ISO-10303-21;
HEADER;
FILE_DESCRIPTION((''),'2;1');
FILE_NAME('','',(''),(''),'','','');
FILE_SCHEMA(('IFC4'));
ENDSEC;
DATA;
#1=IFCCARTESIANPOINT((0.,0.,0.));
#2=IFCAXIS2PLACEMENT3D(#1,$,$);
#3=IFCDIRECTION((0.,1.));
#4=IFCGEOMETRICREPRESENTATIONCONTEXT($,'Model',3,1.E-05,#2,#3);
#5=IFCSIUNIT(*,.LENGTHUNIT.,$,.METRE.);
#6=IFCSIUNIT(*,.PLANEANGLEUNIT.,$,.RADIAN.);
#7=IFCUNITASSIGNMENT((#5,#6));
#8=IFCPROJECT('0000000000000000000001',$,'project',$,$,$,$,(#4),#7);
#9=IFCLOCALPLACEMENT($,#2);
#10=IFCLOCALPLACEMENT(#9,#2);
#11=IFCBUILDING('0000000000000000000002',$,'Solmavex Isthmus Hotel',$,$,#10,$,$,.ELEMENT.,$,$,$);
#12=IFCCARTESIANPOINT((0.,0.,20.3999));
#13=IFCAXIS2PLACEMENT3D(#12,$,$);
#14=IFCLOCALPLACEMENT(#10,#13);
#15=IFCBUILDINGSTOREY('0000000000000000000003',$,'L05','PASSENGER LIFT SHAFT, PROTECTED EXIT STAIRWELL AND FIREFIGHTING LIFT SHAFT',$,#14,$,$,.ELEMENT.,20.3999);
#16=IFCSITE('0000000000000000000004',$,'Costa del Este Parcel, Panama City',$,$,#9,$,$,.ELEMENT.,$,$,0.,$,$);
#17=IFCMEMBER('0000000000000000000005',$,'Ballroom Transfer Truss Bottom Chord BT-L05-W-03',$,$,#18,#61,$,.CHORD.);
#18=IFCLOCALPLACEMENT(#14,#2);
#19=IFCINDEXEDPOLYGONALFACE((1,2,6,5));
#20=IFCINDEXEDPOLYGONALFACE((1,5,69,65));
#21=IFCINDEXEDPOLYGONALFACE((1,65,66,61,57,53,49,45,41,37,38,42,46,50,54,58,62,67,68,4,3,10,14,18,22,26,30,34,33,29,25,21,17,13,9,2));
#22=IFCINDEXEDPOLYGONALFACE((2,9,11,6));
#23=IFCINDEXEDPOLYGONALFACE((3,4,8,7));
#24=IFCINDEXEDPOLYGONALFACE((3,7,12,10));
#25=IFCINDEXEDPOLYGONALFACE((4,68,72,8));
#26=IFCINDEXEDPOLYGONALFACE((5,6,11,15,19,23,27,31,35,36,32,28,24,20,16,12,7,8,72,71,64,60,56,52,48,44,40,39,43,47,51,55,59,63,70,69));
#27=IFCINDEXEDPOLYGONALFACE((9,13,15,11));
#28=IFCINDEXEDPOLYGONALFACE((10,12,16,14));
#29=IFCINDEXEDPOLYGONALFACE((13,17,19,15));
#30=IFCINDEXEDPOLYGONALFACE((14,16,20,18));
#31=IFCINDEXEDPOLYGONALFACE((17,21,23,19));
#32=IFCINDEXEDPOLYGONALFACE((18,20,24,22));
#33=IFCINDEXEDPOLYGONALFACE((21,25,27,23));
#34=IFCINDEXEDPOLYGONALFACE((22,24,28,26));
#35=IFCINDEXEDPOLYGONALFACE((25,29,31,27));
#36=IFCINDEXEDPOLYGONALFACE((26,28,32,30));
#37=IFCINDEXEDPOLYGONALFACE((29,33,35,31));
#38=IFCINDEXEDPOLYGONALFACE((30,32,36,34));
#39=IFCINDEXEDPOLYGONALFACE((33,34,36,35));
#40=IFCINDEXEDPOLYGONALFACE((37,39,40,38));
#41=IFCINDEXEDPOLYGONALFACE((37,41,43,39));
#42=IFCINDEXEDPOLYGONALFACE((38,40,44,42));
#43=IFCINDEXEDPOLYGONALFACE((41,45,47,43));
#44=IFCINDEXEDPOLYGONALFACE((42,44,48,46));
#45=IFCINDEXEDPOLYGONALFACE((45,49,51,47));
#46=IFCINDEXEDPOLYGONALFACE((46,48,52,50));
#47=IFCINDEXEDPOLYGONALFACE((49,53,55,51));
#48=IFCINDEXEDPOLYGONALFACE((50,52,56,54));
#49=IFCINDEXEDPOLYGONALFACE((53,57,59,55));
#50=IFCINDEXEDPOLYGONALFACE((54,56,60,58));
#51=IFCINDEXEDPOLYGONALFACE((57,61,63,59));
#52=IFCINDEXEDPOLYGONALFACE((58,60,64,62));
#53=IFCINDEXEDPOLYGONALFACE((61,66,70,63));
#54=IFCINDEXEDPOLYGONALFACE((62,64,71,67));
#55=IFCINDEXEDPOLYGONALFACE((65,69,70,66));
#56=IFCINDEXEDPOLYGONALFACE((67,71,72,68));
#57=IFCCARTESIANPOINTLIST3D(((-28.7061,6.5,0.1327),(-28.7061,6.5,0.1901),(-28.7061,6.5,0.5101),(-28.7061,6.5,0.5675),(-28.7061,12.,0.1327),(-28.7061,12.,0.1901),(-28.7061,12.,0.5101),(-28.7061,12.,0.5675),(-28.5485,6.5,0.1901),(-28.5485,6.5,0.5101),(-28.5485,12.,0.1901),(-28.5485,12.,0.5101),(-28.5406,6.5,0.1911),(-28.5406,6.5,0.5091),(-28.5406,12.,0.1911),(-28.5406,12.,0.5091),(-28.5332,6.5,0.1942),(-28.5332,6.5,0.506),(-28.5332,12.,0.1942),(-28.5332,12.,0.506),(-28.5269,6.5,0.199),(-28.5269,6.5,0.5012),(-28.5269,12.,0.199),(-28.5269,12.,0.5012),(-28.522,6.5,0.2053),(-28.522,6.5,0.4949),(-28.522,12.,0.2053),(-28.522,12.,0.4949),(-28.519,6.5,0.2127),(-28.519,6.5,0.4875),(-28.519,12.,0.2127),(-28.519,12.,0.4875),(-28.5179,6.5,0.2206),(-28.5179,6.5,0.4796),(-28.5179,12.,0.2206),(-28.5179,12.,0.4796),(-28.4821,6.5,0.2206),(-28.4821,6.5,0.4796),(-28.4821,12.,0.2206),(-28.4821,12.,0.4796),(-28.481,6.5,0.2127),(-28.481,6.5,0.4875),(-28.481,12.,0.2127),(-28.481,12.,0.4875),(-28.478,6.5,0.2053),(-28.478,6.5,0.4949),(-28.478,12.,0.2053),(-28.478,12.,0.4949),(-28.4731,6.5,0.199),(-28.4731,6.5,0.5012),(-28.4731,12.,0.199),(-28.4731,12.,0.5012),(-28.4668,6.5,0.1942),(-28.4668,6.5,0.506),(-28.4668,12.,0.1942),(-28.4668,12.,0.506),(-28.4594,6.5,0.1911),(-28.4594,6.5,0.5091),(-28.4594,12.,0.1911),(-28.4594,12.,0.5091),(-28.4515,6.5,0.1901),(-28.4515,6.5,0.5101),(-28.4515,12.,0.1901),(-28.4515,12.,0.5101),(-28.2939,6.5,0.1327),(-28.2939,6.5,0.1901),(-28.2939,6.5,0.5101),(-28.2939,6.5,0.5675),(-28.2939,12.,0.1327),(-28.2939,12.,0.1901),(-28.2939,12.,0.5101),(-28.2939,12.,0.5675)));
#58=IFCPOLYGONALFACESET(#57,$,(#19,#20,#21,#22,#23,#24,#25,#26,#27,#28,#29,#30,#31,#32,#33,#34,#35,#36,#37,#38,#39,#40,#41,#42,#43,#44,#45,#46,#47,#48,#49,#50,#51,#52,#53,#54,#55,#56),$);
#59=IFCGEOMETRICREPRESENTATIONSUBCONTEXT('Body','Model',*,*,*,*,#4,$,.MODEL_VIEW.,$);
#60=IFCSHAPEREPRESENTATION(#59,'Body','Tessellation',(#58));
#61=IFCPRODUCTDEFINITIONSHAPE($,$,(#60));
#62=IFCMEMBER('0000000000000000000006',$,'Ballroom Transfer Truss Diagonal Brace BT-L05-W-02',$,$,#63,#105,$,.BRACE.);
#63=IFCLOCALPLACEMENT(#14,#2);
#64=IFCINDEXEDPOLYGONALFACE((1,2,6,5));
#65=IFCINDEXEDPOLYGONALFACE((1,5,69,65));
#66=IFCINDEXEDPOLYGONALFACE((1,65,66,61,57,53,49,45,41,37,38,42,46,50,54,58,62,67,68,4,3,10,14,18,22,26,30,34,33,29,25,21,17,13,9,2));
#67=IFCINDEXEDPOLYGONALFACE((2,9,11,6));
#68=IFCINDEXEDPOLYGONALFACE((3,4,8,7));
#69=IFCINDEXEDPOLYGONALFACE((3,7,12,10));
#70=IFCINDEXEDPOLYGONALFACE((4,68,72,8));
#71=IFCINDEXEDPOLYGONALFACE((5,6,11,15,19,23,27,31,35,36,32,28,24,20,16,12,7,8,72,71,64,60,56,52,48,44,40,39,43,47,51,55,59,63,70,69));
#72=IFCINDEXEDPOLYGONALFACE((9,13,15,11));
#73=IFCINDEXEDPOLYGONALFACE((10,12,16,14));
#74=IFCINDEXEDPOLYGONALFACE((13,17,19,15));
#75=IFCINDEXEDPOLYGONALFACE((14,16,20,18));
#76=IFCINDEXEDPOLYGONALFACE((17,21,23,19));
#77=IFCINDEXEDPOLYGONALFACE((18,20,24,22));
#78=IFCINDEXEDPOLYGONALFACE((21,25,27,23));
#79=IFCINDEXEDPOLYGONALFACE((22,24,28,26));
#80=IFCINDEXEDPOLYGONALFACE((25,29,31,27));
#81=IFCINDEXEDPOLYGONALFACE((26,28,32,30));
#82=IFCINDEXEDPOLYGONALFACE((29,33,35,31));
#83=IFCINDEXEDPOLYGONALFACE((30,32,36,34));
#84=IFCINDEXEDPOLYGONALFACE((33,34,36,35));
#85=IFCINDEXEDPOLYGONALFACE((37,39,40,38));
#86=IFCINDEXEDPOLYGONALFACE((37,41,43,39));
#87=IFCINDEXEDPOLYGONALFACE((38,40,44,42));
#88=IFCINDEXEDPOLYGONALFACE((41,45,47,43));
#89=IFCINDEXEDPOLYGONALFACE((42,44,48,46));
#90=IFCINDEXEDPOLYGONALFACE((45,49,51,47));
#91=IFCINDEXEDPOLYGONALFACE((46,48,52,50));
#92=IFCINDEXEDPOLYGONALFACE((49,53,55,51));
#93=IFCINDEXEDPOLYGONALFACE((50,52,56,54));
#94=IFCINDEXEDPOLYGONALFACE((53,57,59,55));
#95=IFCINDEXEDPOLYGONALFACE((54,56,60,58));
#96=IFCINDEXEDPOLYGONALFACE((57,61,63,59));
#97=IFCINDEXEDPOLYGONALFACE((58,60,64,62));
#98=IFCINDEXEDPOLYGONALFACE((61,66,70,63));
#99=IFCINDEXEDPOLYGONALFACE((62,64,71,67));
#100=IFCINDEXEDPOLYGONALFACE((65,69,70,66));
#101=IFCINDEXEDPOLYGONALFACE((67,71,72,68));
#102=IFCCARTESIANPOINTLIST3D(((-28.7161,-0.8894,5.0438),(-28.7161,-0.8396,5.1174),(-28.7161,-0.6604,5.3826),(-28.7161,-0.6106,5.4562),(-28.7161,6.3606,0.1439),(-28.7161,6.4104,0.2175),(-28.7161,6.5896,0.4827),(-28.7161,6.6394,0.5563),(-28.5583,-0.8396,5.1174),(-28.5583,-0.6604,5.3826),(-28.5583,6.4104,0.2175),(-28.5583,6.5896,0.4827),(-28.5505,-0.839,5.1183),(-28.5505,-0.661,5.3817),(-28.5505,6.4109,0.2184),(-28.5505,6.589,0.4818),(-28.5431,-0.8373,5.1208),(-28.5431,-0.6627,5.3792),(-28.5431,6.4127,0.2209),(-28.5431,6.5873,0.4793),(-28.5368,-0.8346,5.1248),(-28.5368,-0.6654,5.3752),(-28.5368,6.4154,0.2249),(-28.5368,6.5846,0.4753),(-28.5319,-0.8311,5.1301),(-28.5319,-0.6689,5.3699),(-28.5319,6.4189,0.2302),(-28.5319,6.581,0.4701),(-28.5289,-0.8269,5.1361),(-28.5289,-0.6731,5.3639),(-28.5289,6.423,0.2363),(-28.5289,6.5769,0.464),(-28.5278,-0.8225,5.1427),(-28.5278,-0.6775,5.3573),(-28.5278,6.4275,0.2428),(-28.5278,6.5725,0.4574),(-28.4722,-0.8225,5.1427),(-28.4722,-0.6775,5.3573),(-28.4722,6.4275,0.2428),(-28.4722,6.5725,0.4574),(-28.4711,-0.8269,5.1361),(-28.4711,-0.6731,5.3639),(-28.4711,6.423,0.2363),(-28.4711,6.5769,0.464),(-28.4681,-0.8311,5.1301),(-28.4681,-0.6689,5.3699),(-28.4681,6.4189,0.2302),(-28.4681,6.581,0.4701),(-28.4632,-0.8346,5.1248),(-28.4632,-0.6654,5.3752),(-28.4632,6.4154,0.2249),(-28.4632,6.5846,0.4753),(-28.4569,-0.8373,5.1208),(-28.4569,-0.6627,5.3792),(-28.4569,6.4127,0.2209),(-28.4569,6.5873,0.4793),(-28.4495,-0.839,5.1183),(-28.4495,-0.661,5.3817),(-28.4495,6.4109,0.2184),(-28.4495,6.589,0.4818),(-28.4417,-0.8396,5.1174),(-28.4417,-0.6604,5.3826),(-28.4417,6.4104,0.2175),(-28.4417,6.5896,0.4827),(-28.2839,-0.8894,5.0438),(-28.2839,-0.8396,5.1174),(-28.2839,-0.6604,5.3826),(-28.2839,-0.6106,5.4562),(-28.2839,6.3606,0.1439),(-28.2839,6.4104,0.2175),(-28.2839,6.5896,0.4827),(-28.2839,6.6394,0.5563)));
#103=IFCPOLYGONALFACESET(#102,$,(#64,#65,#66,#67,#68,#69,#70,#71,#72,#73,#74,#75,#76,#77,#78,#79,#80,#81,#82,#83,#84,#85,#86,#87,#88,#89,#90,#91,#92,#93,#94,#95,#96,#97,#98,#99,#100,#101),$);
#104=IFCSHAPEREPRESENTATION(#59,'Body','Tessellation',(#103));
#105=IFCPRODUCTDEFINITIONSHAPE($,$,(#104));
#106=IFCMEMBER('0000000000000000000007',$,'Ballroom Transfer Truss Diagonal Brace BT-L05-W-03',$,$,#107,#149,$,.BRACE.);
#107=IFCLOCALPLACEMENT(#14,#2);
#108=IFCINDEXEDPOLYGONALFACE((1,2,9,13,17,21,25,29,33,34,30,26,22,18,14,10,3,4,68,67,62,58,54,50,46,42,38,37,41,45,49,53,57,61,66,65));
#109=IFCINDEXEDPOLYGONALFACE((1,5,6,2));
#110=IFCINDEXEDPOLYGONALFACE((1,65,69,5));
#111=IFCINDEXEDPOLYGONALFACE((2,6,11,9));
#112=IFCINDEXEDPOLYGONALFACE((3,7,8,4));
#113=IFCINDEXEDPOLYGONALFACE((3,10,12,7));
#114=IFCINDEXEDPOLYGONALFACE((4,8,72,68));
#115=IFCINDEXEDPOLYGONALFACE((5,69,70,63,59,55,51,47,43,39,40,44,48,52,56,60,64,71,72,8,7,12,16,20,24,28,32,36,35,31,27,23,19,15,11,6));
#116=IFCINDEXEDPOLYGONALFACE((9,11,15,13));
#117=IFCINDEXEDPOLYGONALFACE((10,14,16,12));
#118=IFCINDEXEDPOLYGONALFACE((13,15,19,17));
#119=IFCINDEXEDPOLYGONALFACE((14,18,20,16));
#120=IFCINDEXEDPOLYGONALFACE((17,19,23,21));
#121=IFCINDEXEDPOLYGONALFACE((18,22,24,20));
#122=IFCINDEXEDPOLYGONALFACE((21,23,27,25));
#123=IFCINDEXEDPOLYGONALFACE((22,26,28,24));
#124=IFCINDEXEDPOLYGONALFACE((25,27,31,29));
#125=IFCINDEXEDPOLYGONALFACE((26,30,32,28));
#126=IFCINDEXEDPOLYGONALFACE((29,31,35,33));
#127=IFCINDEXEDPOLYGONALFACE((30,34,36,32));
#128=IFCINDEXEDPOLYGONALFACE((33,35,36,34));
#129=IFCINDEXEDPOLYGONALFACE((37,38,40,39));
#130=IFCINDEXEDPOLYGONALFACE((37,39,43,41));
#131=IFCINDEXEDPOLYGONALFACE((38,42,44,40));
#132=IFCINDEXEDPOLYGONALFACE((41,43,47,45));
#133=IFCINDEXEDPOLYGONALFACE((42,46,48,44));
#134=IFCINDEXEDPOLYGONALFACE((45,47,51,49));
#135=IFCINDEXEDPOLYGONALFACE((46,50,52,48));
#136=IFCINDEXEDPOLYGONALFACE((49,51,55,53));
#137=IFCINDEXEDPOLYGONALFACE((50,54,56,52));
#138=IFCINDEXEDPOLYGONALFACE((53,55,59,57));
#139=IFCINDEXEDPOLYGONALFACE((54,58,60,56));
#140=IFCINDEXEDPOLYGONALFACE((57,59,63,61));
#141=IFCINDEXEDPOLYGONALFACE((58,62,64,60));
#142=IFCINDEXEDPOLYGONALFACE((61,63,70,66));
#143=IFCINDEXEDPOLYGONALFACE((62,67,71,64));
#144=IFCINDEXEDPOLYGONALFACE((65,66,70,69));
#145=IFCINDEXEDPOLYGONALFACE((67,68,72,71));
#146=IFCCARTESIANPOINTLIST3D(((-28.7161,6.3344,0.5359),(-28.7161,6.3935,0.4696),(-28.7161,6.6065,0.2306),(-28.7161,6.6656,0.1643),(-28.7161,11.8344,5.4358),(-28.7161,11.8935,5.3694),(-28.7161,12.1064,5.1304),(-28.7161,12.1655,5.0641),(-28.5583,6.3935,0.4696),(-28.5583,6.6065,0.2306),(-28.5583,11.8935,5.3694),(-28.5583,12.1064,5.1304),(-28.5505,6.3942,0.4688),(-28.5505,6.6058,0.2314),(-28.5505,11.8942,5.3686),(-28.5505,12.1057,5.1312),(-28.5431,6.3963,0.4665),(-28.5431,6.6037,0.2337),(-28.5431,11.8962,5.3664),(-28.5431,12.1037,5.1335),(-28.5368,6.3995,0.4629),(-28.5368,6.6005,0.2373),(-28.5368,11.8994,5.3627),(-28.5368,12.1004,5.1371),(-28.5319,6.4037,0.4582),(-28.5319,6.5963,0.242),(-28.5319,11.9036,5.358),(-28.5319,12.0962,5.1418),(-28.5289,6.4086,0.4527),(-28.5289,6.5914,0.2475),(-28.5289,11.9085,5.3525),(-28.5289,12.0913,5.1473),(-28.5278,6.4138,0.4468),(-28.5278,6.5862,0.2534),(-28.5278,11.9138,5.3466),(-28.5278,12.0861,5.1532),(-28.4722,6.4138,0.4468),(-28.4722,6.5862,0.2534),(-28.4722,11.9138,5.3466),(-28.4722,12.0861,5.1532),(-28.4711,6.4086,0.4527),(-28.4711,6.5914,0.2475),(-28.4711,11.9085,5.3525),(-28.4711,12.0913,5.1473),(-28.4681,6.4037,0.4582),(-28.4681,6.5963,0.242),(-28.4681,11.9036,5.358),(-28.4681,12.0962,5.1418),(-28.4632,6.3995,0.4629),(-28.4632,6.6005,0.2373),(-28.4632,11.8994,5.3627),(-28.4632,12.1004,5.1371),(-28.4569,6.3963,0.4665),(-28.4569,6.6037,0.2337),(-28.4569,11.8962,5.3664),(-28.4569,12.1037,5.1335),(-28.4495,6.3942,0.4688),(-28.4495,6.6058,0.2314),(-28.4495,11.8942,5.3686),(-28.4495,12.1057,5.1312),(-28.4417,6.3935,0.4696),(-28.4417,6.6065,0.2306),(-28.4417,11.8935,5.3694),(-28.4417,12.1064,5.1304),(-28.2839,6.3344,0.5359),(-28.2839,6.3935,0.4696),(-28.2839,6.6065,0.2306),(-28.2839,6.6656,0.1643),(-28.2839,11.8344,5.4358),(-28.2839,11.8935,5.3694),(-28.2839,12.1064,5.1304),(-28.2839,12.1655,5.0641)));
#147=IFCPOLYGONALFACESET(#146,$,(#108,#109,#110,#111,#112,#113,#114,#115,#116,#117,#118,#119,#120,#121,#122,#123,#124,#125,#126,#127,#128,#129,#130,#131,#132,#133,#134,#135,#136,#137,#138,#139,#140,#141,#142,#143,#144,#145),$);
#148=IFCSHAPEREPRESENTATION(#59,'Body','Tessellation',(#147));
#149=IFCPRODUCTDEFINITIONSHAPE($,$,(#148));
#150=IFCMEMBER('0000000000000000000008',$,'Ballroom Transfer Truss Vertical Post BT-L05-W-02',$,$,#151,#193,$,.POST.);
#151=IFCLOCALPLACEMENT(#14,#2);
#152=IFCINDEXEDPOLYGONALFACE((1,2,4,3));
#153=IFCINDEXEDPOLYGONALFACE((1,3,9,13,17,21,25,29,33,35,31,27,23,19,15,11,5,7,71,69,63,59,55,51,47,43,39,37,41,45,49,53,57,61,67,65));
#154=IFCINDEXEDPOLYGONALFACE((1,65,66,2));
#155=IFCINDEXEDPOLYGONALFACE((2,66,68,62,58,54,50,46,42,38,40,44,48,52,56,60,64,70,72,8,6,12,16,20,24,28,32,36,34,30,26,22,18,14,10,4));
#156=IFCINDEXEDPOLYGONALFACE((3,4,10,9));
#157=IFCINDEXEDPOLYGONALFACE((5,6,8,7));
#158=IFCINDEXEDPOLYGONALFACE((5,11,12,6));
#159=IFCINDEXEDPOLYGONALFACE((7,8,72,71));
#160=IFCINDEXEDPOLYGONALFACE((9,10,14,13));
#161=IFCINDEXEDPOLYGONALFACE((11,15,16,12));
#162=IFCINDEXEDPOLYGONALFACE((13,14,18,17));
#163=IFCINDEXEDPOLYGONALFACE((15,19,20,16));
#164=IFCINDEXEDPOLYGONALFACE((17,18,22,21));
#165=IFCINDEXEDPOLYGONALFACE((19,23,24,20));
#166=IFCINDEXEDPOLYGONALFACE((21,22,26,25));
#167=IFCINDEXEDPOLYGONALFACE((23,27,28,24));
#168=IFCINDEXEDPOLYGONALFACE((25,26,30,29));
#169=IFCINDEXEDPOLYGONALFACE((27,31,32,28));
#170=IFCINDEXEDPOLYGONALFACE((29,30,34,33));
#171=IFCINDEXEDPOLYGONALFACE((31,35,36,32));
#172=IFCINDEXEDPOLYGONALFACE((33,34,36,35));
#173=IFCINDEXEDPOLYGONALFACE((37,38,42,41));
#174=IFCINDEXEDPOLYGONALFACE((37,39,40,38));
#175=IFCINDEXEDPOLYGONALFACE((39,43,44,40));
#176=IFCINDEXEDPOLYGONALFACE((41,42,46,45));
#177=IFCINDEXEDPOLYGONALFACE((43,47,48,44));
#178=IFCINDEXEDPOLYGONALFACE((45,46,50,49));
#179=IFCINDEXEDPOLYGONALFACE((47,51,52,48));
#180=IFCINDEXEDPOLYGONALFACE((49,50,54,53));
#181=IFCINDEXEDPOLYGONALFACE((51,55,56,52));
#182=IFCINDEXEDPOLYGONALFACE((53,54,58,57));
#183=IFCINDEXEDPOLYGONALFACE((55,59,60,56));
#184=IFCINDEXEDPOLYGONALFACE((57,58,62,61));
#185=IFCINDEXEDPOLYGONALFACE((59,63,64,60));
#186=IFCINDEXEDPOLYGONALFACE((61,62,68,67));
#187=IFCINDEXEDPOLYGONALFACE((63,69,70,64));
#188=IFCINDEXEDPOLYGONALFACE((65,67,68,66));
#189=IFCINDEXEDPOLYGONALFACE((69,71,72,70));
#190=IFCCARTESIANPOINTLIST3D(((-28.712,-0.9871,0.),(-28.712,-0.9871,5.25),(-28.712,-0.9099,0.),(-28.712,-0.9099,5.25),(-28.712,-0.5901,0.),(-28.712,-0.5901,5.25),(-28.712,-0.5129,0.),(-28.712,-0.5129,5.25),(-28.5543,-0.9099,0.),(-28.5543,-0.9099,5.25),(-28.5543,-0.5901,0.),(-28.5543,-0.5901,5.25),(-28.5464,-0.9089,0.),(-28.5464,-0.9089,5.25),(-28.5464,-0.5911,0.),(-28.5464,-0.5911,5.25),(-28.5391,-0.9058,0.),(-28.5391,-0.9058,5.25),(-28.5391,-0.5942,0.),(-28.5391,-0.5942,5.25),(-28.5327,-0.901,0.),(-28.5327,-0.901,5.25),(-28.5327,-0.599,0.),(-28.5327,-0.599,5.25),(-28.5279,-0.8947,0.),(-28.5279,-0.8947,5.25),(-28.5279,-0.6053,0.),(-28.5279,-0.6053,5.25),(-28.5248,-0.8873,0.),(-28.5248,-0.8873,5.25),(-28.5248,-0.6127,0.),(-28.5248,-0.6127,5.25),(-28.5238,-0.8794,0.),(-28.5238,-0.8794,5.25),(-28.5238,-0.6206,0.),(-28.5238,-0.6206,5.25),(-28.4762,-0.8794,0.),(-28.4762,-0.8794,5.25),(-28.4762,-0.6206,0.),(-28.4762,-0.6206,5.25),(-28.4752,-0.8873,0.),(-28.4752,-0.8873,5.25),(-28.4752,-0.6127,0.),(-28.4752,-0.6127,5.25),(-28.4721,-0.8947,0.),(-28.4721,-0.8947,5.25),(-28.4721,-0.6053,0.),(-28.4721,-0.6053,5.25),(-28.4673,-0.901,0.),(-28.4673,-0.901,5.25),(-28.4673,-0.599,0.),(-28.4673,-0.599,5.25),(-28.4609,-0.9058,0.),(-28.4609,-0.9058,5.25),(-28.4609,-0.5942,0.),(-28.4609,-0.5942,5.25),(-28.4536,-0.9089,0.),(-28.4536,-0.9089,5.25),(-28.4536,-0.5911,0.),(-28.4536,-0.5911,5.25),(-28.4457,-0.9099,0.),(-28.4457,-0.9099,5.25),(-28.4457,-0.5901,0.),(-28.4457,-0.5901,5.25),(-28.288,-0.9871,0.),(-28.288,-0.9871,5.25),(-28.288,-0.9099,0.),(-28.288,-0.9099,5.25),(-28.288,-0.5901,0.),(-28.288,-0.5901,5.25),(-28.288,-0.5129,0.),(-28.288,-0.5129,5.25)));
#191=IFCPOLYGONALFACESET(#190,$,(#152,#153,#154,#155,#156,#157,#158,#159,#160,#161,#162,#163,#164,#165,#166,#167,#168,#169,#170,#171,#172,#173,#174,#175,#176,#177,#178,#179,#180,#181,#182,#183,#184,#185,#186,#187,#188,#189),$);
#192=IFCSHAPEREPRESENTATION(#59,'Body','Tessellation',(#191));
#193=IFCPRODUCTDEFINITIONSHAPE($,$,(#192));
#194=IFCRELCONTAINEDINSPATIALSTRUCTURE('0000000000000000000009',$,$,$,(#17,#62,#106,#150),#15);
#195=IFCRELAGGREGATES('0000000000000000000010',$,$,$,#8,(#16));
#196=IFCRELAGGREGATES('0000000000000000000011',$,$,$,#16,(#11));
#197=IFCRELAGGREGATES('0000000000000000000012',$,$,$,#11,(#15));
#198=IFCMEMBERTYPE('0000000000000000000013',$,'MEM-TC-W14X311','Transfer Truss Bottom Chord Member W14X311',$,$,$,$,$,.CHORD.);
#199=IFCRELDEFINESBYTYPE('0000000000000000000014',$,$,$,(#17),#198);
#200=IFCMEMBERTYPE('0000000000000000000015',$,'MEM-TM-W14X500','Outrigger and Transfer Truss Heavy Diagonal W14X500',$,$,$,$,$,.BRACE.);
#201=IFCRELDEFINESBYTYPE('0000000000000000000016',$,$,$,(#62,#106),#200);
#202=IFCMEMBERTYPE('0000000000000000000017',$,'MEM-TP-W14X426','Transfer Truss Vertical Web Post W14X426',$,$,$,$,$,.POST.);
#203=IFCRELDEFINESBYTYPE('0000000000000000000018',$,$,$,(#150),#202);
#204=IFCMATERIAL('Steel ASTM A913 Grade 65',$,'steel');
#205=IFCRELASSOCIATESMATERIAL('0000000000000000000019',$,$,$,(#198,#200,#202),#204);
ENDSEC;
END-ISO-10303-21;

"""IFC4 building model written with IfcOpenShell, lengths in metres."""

from ifc_helpers import new_model, si_unit, direction, frame, origin, origin_2d, place, context, subcontext, project, spatial, i_section, extrude, material, material_profile, profile_set, type_object, element, save


model = new_model("IFC4")

# Units and contexts
model_context = context("Model", 3, precision=1e-05, world=origin(), true_north=direction((0.0, 1.0)))
body_context = subcontext(model_context, "Body", "Model", "MODEL_VIEW")
ifc_project = project(units=[si_unit("LENGTHUNIT", "METRE"), si_unit("PLANEANGLEUNIT", "RADIAN")], contexts=[model_context])

# Site, building, storey
site_placement = place(None, origin())
site = spatial("IfcSite", under=ifc_project, at=site_placement, Name="Costa del Este Parcel, Panama City", CompositionType="ELEMENT", RefElevation=0.0)
building_placement = place(site_placement, origin())
building = spatial("IfcBuilding", under=site, at=building_placement, Name="Solmavex Isthmus Hotel", CompositionType="ELEMENT")
storey_placement = place(building_placement, frame((0.0, 0.0, 20.3999)))
storey = spatial("IfcBuildingStorey", under=building, at=storey_placement, Name="L05", Description="PASSENGER LIFT SHAFT, PROTECTED EXIT STAIRWELL AND FIREFIGHTING LIFT SHAFT", CompositionType="ELEMENT", Elevation=20.3999)

# Members
ifc_material_1 = material(Name="Steel ASTM A913 Grade 65", Category="steel")
ifc_material_profile_1 = material_profile(ifc_material_1, i_section(OverallWidth=0.4121, OverallDepth=0.4348, WebThickness=0.0359, FlangeThickness=0.0574, FilletRadius=0.0305, at=origin_2d()), Name="W14X311")
ifc_profile_set_1 = profile_set([ifc_material_profile_1], Name="Steel ASTM A913 Grade 65")
member_type_1 = type_object("IfcMemberType", Name="MEM-TC-W14X311", Description="Transfer Truss Bottom Chord Member W14X311", PredefinedType="CHORD", material=ifc_profile_set_1)
member_1_placement = place(storey_placement, frame((-28.5, 6.5, 0.3501), z_axis=(0.0, 1.0, 0.0), x_axis=(-1.0, 0.0, 0.0)))
element("IfcMember", 1, at=member_1_placement, inside=storey, type_object=member_type_1, Name="Ballroom Transfer Truss Bottom Chord BT-L05-W-03", PredefinedType="CHORD", context=body_context, shape_type="SweptSolid", body=[
    extrude(i_section(OverallWidth=0.4121, OverallDepth=0.4348, WebThickness=0.0359, FlangeThickness=0.0574, FilletRadius=0.0305, at=origin_2d()), origin(), (0.0, 0.0, 1.0), 5.5),
])
ifc_material_profile_2 = material_profile(ifc_material_1, i_section(OverallWidth=0.4321, OverallDepth=0.4978, WebThickness=0.0557, FlangeThickness=0.0889, FilletRadius=0.0305, at=origin_2d()), Name="W14X500")
ifc_profile_set_2 = profile_set([ifc_material_profile_2], Name="Steel ASTM A913 Grade 65")
member_type_2 = type_object("IfcMemberType", Name="MEM-TM-W14X500", Description="Outrigger and Transfer Truss Heavy Diagonal W14X500", PredefinedType="BRACE", material=ifc_profile_set_2)
member_2_placement = place(storey_placement, frame((-28.5, -0.75, 5.25), z_axis=(0.0, 0.828523, -0.559956), x_axis=(-1.0, 0.0, 0.0)))
element("IfcMember", 2, at=member_2_placement, inside=storey, type_object=member_type_2, Name="Ballroom Transfer Truss Diagonal Brace BT-L05-W-02", PredefinedType="BRACE", context=body_context, shape_type="SweptSolid", body=[
    extrude(i_section(OverallWidth=0.4321, OverallDepth=0.4978, WebThickness=0.0557, FlangeThickness=0.0889, FilletRadius=0.0305, at=origin_2d()), origin(), (0.0, 0.0, 1.0), 8.7505),
])
member_3_placement = place(storey_placement, frame((-28.5, 6.5, 0.3501), z_axis=(0.0, 0.746666, 0.665199), x_axis=(-1.0, 0.0, 0.0)))
element("IfcMember", 3, at=member_3_placement, inside=storey, type_object=member_type_2, Name="Ballroom Transfer Truss Diagonal Brace BT-L05-W-03", PredefinedType="BRACE", context=body_context, shape_type="SweptSolid", body=[
    extrude(i_section(OverallWidth=0.4321, OverallDepth=0.4978, WebThickness=0.0557, FlangeThickness=0.0889, FilletRadius=0.0305, at=origin_2d()), origin(), (0.0, 0.0, 1.0), 7.366),
])
ifc_material_profile_3 = material_profile(ifc_material_1, i_section(OverallWidth=0.4241, OverallDepth=0.4741, WebThickness=0.0476, FlangeThickness=0.0771, FilletRadius=0.0305, at=origin_2d()), Name="W14X426")
ifc_profile_set_3 = profile_set([ifc_material_profile_3], Name="Steel ASTM A913 Grade 65")
member_type_3 = type_object("IfcMemberType", Name="MEM-TP-W14X426", Description="Transfer Truss Vertical Web Post W14X426", PredefinedType="POST", material=ifc_profile_set_3)
member_4_placement = place(storey_placement, frame((-28.5, -0.75, 0.0), z_axis=(0.0, 0.0, 1.0), x_axis=(1.0, 0.0, 0.0)))
element("IfcMember", 4, at=member_4_placement, inside=storey, type_object=member_type_3, Name="Ballroom Transfer Truss Vertical Post BT-L05-W-02", PredefinedType="POST", context=body_context, shape_type="SweptSolid", body=[
    extrude(i_section(OverallWidth=0.4241, OverallDepth=0.4741, WebThickness=0.0476, FlangeThickness=0.0771, FilletRadius=0.0305, at=origin_2d()), origin(), (0.0, 0.0, 1.0), 5.25),
])

save(model, "model.ifc")
